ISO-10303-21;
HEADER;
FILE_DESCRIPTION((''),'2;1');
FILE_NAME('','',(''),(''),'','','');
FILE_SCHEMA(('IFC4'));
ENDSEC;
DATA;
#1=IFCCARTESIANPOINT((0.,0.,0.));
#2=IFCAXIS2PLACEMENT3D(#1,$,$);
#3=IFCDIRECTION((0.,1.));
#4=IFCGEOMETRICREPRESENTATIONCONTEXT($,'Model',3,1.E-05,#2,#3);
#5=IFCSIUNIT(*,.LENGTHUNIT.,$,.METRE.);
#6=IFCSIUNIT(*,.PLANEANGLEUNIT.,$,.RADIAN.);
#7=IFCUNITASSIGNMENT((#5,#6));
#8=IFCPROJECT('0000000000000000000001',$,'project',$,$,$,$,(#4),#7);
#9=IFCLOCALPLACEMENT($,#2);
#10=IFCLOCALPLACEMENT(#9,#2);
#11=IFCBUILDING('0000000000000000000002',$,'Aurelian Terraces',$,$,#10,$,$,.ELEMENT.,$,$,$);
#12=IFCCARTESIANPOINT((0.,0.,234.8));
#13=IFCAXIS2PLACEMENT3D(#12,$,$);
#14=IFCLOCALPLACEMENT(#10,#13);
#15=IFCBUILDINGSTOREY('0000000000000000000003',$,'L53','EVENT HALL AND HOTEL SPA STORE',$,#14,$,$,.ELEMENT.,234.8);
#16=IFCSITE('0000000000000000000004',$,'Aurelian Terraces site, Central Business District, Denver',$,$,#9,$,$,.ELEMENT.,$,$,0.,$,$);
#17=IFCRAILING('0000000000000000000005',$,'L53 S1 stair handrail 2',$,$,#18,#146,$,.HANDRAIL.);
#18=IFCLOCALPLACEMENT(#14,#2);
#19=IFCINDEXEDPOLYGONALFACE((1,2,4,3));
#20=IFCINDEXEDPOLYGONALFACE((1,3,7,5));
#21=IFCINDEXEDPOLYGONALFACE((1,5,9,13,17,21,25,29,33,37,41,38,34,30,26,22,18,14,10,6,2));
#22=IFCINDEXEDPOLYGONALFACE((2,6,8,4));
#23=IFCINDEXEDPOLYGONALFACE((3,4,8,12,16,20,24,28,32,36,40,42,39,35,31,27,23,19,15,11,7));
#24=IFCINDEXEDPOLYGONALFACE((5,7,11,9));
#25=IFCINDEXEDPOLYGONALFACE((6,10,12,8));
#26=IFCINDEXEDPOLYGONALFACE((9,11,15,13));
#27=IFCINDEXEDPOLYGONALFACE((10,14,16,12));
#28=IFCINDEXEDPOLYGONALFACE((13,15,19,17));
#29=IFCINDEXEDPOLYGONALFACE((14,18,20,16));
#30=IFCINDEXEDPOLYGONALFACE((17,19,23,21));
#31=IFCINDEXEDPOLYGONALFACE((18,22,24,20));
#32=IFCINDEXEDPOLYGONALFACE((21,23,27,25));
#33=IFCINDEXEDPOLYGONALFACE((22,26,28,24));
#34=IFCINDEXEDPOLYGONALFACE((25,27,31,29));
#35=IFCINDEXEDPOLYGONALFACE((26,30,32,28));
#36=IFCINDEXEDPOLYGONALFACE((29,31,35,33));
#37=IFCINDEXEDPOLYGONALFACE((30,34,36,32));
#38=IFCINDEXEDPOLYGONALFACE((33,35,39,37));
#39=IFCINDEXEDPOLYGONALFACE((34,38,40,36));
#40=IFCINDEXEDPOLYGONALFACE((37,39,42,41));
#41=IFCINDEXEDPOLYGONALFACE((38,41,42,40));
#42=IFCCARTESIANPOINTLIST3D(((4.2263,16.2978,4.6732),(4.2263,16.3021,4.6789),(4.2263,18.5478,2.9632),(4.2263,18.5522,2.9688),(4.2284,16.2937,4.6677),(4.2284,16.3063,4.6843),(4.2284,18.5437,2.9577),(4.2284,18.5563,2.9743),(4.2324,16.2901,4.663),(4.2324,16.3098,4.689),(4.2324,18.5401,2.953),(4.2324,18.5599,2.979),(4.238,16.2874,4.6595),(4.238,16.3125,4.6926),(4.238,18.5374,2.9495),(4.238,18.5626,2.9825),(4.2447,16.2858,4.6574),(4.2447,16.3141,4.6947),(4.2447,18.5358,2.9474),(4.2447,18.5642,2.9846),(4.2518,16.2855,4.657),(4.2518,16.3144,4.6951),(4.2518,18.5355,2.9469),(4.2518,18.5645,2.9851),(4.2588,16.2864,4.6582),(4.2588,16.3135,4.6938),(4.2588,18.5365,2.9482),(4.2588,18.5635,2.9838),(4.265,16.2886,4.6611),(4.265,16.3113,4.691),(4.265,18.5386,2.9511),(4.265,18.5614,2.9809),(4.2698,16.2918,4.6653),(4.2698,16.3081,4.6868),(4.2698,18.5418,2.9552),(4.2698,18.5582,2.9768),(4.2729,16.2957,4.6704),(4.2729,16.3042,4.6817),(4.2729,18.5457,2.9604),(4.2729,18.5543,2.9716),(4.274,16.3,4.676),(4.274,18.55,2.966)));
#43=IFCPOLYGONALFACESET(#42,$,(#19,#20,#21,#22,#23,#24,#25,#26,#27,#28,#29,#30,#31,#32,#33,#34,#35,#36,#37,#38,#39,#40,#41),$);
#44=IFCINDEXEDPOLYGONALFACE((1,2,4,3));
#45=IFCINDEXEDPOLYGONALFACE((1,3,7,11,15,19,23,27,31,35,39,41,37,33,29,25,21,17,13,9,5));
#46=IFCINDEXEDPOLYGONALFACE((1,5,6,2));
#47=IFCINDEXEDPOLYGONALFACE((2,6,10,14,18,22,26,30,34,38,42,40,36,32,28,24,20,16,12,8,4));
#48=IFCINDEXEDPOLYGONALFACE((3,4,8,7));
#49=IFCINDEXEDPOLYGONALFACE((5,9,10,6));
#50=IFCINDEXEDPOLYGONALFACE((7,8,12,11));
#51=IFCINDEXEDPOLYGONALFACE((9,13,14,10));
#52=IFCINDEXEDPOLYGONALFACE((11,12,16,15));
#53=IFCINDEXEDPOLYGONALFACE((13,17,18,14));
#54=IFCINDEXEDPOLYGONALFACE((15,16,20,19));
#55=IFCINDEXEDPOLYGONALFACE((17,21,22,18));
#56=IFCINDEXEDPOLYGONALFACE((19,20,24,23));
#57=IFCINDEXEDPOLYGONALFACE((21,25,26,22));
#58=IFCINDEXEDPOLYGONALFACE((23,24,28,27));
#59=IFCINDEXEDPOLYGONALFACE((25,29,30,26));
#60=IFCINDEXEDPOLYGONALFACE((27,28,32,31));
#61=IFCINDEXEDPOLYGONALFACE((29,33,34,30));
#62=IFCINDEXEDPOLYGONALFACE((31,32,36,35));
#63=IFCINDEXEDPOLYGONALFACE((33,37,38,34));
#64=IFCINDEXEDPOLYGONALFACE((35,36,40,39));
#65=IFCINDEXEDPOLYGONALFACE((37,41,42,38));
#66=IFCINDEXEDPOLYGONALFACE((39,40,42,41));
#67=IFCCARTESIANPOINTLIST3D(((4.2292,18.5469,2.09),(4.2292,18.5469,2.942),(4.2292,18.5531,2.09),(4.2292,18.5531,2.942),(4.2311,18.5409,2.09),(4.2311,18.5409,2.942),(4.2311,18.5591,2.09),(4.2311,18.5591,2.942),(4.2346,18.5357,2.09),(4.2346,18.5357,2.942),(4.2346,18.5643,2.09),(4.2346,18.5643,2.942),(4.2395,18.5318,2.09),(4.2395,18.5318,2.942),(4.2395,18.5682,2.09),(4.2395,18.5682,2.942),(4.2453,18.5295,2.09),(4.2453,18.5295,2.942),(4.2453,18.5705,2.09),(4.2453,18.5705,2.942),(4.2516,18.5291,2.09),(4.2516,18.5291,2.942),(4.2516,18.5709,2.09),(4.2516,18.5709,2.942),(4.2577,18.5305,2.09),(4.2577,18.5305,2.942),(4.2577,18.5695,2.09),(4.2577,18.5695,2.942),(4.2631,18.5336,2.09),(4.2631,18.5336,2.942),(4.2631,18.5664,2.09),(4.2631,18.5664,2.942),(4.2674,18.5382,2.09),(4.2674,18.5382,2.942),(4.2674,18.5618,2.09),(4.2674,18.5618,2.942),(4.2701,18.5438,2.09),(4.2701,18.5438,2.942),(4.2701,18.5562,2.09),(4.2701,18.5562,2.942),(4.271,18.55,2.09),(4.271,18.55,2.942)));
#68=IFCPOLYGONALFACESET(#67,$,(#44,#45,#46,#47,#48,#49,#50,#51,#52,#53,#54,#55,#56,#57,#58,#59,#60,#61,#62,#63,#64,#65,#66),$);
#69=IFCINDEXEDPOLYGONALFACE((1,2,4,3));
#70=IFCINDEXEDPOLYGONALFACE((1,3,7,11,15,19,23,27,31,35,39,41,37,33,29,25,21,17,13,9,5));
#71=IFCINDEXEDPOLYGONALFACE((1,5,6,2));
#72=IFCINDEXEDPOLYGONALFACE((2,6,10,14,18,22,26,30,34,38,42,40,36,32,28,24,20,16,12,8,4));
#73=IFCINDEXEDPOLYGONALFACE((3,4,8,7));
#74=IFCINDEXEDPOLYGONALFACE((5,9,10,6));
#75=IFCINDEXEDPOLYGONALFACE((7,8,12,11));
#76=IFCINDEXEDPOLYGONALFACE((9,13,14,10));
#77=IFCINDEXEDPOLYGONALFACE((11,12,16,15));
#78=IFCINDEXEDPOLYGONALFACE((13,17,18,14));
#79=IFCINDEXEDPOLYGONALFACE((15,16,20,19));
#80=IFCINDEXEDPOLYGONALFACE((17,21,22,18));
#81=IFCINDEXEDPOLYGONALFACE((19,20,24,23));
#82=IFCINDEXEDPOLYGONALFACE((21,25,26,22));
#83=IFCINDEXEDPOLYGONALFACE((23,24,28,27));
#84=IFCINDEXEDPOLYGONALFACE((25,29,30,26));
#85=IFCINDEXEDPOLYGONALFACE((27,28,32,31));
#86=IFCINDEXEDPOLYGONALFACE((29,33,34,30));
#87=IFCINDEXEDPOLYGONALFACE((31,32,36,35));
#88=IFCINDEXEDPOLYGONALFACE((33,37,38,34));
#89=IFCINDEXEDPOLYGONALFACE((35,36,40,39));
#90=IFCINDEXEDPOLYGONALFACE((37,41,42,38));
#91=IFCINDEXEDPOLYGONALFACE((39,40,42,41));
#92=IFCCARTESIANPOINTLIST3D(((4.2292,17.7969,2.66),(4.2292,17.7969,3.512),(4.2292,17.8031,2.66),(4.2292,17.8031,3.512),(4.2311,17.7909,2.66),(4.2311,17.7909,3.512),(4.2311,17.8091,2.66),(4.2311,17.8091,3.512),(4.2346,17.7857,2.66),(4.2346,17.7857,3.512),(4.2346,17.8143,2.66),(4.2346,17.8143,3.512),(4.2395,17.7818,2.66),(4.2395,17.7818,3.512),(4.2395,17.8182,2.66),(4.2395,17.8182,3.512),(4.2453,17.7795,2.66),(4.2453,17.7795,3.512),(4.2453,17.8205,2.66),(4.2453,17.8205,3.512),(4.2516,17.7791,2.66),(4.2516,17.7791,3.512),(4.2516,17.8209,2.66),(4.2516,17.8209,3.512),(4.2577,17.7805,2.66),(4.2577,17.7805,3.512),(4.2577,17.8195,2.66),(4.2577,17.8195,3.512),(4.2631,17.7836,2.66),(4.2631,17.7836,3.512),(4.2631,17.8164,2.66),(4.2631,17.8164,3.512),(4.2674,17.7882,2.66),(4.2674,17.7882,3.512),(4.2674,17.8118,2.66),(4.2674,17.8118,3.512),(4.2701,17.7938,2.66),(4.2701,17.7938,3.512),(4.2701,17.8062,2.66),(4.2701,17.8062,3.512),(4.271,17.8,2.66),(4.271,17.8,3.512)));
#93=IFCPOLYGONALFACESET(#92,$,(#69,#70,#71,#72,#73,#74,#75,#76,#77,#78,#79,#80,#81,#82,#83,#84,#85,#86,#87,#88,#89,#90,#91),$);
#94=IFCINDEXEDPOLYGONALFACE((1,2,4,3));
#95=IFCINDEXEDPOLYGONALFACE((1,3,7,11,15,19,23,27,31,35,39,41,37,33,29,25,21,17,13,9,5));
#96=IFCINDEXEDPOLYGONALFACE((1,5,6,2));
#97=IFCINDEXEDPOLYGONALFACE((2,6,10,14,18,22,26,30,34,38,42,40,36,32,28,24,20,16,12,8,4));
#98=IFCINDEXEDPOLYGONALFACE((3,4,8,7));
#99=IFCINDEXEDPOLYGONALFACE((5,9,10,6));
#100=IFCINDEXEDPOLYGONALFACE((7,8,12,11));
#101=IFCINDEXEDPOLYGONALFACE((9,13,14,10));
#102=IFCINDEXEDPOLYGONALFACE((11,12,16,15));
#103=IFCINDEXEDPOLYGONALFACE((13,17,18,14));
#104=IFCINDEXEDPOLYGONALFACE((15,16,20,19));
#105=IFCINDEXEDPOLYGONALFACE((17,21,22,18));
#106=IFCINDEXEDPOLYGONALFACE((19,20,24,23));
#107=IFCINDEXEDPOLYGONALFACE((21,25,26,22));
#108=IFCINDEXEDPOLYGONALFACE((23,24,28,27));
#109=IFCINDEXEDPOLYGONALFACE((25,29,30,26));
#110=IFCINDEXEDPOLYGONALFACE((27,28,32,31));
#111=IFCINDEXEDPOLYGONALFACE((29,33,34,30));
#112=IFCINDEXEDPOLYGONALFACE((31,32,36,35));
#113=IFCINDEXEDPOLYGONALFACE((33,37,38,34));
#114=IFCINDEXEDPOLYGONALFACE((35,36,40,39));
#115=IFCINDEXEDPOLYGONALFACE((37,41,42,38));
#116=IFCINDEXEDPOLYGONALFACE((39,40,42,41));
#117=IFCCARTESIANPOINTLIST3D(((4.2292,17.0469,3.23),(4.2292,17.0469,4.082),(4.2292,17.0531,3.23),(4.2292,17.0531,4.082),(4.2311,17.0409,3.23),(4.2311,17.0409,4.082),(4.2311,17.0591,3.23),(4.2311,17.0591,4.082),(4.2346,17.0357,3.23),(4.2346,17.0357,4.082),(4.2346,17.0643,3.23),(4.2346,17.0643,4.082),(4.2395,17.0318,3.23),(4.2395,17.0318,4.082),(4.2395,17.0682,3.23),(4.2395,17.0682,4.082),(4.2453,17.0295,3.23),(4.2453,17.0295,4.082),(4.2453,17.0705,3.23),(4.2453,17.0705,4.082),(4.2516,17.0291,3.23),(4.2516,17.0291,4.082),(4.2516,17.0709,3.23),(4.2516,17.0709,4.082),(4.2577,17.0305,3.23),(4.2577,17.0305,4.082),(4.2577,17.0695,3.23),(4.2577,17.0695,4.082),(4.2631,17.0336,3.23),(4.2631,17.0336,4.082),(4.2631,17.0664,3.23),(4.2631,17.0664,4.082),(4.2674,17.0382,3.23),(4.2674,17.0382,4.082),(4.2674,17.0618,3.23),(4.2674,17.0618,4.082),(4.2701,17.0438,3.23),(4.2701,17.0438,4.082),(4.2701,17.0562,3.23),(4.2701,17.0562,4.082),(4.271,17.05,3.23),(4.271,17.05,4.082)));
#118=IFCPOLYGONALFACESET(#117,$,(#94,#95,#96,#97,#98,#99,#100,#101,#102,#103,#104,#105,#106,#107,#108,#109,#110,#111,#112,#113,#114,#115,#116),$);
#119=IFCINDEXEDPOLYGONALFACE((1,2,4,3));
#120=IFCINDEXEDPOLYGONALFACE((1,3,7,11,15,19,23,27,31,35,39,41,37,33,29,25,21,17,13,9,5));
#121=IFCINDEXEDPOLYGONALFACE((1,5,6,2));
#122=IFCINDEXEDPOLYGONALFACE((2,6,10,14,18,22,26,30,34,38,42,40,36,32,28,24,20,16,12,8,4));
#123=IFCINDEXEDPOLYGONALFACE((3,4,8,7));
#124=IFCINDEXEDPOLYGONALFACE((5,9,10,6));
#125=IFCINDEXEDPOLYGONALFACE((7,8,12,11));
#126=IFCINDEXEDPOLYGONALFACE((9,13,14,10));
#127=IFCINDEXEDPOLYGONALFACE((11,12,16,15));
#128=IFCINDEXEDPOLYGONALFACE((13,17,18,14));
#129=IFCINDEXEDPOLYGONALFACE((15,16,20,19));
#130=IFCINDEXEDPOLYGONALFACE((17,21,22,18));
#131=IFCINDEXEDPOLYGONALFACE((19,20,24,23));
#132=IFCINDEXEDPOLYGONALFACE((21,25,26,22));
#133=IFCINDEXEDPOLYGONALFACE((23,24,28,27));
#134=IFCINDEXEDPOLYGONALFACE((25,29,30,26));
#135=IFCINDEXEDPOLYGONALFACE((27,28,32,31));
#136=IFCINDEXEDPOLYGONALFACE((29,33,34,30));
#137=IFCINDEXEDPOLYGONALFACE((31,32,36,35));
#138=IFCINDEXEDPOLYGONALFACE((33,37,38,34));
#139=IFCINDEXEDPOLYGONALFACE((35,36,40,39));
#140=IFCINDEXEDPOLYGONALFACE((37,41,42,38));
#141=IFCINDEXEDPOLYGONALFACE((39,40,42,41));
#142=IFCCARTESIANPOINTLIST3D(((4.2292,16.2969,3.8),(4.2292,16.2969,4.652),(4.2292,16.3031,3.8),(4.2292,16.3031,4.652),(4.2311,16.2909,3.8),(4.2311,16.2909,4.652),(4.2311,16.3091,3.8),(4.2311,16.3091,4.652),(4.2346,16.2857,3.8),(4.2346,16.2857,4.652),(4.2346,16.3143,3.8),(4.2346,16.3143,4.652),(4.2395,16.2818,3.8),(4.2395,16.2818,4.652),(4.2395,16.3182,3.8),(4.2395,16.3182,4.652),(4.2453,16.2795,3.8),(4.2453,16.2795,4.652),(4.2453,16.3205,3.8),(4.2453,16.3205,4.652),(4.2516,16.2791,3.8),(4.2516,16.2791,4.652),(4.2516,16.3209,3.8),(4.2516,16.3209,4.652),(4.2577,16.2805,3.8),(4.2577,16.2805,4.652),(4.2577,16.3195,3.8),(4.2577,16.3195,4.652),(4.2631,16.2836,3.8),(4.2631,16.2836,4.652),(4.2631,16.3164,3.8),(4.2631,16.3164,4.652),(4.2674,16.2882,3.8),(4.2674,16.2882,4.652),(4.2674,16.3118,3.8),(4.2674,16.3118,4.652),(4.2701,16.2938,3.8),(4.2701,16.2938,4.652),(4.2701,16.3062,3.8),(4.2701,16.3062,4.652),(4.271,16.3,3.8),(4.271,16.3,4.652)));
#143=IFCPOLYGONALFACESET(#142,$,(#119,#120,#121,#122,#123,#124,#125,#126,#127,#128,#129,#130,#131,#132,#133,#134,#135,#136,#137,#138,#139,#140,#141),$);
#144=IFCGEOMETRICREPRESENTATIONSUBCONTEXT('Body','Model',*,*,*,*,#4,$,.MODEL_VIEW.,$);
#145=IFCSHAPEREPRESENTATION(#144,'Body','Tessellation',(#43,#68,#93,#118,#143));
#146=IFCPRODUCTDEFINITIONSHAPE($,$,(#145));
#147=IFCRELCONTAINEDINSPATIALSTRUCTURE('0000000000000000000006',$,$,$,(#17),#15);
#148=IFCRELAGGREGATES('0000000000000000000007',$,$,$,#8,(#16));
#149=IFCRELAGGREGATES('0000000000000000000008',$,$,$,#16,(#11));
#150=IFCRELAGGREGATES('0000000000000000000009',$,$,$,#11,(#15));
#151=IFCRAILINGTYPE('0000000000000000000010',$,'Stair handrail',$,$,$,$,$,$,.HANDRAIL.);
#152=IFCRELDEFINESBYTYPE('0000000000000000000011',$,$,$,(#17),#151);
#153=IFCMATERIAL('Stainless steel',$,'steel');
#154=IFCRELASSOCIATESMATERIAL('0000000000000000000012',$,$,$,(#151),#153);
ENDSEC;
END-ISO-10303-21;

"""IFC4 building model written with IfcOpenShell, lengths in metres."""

from ifc_helpers import new_model, si_unit, direction, frame, origin, origin_2d, place, context, subcontext, project, spatial, circle, extrude, source, transform, mapped, material, type_object, element, save


model = new_model("IFC4")

# Units and contexts
model_context = context("Model", 3, precision=1e-05, world=origin(), true_north=direction((0.0, 1.0)))
body_context = subcontext(model_context, "Body", "Model", "MODEL_VIEW")
ifc_project = project(units=[si_unit("LENGTHUNIT", "METRE"), si_unit("PLANEANGLEUNIT", "RADIAN")], contexts=[model_context])

# Site, building, storey
site_placement = place(None, origin())
site = spatial("IfcSite", under=ifc_project, at=site_placement, Name="Aurelian Terraces site, Central Business District, Denver", CompositionType="ELEMENT", RefElevation=0.0)
building_placement = place(site_placement, origin())
building = spatial("IfcBuilding", under=site, at=building_placement, Name="Aurelian Terraces", CompositionType="ELEMENT")
storey_placement = place(building_placement, frame((0.0, 0.0, 234.8)))
storey = spatial("IfcBuildingStorey", under=building, at=storey_placement, Name="L53", Description="EVENT HALL AND HOTEL SPA STORE", CompositionType="ELEMENT", Elevation=234.8)

# Shared definitions
ifc_material_1 = material(Name="Stainless steel", Category="steel")

# Railing
railing_type_1 = type_object("IfcRailingType", Name="Stair handrail", PredefinedType="HANDRAIL", material=ifc_material_1)
shared_shape_1 = source(origin(), body_context, "Body", "SweptSolid", [
    extrude(circle(Radius=0.024, at=origin_2d()), frame((0.0, 0.0, 0.876), z_axis=(0.0, -0.796162, 0.605083), x_axis=(1.0, 0.0, 0.0)), (0.0, 0.0, 1.0), 2.8261),
    extrude(circle(Radius=0.021, at=origin_2d()), origin(), (0.0, 0.0, 1.0), 0.852),
    extrude(circle(Radius=0.021, at=origin_2d()), frame((0.0, -0.75, 0.57)), (0.0, 0.0, 1.0), 0.852),
    extrude(circle(Radius=0.021, at=origin_2d()), frame((0.0, -1.5, 1.14)), (0.0, 0.0, 1.0), 0.852),
    extrude(circle(Radius=0.021, at=origin_2d()), frame((0.0, -2.25, 1.71)), (0.0, 0.0, 1.0), 0.852),
])
railing_1_placement = place(storey_placement, frame((4.25, 18.55, 2.09)))
element("IfcRailing", 1, at=railing_1_placement, inside=storey, type_object=railing_type_1, Name="L53 S1 stair handrail 2", PredefinedType="HANDRAIL", context=body_context, shape_type="MappedRepresentation", body=[
    mapped(shared_shape_1, transform((0.0, 0.0, 0.0), scale=1.0)),
])

save(model, "model.ifc")
